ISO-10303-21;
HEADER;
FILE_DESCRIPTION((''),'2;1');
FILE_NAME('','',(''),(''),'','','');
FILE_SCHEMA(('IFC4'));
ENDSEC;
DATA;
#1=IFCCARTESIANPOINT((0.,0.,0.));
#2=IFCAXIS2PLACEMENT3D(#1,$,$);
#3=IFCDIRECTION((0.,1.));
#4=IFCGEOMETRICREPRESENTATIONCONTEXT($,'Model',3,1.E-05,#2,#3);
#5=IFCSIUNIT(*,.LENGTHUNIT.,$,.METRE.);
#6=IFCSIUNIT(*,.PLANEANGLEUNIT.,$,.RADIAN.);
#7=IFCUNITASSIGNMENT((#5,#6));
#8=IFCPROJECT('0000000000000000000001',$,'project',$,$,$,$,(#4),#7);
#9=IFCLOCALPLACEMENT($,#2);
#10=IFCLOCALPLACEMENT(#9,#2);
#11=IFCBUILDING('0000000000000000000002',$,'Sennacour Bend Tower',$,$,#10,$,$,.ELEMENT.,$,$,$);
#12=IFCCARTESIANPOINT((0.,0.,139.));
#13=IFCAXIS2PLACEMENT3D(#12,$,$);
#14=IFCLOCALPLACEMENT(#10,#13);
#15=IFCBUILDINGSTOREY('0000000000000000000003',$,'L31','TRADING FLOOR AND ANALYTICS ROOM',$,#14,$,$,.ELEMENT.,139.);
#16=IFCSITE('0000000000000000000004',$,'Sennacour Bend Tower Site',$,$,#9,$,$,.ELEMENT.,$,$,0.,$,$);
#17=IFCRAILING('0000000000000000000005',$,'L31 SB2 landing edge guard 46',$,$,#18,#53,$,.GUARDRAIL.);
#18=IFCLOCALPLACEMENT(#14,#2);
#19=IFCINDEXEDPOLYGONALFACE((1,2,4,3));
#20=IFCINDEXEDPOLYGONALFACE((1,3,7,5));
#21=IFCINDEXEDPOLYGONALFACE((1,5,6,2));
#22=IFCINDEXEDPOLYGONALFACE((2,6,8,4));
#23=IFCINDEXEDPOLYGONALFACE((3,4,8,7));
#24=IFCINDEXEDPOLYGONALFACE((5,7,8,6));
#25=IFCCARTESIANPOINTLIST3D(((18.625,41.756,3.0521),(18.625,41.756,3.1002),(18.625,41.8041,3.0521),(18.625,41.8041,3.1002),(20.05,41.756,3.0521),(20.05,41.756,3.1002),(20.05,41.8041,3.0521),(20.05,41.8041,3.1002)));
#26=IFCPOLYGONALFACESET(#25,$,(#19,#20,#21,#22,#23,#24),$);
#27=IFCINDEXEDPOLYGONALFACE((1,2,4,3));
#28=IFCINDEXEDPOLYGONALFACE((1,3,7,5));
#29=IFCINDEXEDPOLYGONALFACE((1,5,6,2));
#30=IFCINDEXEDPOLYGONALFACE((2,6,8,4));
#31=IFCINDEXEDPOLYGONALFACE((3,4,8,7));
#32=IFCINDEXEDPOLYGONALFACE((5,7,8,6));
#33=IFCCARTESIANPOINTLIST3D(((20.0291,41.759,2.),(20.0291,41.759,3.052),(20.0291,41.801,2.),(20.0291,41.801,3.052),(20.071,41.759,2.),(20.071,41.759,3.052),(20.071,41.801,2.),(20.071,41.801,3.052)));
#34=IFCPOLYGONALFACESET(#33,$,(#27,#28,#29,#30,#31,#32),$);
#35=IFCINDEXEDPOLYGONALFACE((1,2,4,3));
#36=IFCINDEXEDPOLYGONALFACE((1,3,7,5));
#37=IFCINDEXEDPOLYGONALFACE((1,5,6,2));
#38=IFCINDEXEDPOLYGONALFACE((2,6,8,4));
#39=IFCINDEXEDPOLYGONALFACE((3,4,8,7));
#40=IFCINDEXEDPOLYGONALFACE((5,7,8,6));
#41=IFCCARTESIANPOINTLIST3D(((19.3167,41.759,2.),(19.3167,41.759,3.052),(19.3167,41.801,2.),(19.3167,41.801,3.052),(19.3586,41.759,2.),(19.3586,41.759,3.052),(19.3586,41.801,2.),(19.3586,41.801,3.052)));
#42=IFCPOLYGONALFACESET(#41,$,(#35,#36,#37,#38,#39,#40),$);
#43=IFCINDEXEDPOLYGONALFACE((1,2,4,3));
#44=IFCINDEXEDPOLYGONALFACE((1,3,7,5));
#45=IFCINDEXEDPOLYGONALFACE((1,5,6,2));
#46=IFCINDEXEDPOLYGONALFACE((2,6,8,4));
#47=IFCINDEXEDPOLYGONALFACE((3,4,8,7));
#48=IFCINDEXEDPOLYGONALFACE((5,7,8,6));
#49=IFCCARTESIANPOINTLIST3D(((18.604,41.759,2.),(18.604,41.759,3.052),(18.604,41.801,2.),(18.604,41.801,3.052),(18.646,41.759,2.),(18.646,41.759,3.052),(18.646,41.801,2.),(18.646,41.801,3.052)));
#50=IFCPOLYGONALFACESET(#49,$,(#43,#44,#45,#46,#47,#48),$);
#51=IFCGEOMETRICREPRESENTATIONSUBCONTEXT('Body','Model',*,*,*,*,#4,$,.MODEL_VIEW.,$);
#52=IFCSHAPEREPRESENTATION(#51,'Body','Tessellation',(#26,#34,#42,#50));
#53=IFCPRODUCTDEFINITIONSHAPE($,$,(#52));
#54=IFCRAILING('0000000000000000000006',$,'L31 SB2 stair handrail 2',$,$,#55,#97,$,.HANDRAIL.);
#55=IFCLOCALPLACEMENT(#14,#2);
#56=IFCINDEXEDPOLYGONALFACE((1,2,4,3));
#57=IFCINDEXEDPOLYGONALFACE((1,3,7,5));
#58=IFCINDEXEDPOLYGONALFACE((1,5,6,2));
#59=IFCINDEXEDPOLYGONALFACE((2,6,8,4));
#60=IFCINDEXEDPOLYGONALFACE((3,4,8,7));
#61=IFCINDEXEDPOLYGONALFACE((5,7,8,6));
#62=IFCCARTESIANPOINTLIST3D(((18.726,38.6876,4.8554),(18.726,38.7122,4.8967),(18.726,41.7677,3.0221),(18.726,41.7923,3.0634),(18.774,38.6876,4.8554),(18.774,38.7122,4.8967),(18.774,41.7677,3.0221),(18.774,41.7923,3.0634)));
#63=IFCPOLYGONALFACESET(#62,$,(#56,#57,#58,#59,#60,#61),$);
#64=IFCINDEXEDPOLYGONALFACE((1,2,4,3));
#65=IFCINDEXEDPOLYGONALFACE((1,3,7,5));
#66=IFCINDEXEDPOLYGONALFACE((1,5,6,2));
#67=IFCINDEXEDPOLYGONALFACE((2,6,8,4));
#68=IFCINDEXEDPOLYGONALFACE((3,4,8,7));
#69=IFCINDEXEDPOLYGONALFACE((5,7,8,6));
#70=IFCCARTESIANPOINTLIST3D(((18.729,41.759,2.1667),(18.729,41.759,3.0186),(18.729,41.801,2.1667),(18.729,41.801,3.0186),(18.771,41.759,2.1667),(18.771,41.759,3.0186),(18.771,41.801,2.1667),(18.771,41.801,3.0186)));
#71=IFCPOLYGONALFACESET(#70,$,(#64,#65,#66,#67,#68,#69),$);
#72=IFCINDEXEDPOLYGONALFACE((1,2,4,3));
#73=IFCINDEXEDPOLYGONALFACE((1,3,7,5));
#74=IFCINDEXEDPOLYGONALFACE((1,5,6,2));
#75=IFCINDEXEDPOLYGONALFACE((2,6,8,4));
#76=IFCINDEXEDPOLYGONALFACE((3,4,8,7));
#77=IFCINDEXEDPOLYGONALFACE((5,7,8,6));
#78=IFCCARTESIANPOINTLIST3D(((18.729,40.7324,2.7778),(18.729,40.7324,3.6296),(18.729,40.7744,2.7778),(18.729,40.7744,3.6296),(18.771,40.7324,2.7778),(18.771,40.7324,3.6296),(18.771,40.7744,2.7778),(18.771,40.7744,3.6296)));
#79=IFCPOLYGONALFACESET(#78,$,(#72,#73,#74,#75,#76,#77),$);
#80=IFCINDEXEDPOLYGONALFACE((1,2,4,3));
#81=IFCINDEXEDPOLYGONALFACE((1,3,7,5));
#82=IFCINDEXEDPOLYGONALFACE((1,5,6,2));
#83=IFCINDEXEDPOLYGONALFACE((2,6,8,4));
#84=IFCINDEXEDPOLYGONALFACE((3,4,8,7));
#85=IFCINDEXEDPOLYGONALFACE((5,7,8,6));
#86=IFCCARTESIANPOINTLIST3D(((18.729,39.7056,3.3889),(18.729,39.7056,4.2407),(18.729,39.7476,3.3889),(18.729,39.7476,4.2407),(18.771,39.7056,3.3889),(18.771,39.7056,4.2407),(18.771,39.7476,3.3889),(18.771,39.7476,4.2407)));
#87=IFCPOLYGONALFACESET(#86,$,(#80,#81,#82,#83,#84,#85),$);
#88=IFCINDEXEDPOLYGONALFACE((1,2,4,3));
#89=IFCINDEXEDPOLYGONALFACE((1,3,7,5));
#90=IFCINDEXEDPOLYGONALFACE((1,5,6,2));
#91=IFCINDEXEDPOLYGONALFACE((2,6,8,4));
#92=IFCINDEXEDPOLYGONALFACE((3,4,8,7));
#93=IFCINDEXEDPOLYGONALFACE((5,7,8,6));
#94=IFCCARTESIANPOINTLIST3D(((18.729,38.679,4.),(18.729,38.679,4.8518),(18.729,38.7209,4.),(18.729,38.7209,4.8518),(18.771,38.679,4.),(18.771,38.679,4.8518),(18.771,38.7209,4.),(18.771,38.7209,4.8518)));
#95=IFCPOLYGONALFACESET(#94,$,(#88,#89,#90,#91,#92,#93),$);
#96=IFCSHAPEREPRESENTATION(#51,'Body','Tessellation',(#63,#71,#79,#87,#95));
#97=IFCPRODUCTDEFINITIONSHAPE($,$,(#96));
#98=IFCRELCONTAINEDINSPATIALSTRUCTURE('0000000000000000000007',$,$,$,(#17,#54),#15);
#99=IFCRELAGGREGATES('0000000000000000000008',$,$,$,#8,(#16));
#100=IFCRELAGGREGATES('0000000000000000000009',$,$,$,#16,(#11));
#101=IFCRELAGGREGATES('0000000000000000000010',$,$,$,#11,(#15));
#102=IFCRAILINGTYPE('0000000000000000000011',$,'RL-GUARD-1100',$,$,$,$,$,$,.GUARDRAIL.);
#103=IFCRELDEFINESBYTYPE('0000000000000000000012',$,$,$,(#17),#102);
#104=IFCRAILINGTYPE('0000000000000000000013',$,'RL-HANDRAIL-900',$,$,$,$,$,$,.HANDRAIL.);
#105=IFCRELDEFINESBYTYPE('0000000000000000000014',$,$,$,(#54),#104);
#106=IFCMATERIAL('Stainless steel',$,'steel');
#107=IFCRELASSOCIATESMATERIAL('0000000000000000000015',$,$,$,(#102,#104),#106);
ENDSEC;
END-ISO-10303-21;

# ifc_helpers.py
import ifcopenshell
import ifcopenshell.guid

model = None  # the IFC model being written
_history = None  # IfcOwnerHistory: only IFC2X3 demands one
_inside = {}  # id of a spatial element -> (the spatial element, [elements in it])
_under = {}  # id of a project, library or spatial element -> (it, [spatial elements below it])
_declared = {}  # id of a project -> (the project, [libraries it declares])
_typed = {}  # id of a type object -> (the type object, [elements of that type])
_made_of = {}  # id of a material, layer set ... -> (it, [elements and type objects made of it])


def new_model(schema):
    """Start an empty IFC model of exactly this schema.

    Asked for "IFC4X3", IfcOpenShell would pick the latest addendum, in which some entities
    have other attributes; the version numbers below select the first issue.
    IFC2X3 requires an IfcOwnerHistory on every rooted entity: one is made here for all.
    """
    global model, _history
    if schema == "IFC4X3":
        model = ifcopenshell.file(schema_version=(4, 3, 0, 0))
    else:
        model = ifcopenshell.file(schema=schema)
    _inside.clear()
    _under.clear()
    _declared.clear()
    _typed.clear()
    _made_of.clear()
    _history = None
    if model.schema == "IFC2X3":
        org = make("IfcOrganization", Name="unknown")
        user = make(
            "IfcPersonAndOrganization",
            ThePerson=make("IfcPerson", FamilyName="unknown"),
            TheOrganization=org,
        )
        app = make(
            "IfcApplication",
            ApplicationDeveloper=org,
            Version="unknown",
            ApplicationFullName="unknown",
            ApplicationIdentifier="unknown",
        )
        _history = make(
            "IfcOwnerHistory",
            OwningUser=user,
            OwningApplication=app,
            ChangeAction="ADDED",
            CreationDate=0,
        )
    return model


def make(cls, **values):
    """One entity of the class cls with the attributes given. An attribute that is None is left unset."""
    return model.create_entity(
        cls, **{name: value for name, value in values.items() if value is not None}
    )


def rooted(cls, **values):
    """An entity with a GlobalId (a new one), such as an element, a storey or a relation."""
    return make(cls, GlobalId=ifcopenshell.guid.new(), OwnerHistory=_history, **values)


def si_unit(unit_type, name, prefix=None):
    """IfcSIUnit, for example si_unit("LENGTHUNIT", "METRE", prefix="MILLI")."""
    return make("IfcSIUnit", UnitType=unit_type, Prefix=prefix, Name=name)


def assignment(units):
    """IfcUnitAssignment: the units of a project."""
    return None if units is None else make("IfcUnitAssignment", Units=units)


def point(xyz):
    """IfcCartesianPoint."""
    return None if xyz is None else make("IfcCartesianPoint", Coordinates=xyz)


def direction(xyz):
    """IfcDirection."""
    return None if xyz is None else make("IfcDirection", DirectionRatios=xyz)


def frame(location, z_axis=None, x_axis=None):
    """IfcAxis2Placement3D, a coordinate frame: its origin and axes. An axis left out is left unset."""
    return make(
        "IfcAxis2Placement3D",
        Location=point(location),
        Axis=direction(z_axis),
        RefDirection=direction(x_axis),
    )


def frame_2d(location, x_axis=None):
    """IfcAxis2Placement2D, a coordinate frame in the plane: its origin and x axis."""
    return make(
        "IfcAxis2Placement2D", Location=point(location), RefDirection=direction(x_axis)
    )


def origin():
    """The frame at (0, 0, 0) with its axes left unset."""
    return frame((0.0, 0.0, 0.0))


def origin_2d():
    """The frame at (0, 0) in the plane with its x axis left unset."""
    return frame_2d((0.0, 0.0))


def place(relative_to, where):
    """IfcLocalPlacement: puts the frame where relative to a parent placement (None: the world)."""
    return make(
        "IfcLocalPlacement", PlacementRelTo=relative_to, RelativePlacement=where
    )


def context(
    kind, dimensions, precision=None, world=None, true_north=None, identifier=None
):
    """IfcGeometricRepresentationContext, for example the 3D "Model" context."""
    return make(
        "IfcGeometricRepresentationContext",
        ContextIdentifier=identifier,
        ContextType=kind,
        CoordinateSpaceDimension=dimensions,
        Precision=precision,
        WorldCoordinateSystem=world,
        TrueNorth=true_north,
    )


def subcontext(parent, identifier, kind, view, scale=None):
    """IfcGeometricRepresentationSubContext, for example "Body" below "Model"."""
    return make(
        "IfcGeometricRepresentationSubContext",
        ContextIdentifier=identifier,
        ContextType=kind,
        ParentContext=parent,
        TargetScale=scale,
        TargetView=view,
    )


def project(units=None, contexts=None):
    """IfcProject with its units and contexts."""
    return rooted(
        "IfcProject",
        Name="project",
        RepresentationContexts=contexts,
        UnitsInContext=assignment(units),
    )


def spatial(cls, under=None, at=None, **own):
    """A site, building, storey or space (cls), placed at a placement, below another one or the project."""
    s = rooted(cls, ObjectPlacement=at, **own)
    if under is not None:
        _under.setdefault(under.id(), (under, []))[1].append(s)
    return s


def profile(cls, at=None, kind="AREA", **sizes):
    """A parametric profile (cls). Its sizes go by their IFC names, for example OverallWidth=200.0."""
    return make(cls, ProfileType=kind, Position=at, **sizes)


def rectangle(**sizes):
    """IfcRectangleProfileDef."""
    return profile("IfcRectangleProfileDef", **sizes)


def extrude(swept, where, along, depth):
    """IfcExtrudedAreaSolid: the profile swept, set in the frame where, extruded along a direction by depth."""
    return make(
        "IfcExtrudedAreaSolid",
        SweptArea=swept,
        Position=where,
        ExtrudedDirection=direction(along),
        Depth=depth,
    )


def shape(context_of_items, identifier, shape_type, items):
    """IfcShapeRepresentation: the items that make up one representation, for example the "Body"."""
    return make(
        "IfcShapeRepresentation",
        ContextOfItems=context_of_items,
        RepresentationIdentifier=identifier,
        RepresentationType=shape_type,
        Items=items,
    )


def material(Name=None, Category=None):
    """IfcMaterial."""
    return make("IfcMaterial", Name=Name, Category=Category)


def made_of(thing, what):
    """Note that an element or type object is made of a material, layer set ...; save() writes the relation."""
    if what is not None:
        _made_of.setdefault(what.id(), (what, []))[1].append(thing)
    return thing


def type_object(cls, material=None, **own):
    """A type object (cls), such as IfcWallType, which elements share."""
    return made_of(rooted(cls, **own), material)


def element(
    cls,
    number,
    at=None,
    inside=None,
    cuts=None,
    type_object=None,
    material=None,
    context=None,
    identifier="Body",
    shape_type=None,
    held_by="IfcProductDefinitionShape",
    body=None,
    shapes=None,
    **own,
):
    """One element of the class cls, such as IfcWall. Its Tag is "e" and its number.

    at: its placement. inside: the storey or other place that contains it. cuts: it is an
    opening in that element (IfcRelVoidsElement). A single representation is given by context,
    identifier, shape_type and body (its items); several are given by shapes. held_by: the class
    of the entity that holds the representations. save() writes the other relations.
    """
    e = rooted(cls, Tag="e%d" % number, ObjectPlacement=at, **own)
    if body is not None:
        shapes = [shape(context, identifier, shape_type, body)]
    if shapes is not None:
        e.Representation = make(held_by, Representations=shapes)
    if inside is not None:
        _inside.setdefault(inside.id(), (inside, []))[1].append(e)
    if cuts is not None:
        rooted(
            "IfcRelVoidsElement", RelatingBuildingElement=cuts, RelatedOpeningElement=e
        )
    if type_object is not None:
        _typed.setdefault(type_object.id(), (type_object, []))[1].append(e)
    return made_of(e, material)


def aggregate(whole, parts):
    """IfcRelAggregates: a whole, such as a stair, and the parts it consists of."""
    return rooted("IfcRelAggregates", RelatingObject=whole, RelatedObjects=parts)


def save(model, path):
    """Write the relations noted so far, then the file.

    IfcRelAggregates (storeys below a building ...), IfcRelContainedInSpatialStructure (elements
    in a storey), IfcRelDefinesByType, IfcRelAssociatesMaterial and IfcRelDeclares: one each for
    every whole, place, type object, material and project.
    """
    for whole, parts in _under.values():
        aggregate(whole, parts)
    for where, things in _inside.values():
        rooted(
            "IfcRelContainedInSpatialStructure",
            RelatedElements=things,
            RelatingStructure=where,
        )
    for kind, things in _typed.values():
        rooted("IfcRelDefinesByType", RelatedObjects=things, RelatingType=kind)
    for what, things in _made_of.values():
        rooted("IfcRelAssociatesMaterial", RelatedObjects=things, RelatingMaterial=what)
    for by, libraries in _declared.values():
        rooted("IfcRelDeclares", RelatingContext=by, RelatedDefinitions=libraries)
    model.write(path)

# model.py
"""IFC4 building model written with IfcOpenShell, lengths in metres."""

from ifc_helpers import new_model, si_unit, direction, frame, origin, origin_2d, place, context, subcontext, project, spatial, rectangle, extrude, material, type_object, element, save


model = new_model("IFC4")

# Units and contexts
model_context = context("Model", 3, precision=1e-05, world=origin(), true_north=direction((0.0, 1.0)))
body_context = subcontext(model_context, "Body", "Model", "MODEL_VIEW")
ifc_project = project(units=[si_unit("LENGTHUNIT", "METRE"), si_unit("PLANEANGLEUNIT", "RADIAN")], contexts=[model_context])

# Site, building, storey
site_placement = place(None, origin())
site = spatial("IfcSite", under=ifc_project, at=site_placement, Name="Sennacour Bend Tower Site", CompositionType="ELEMENT", RefElevation=0.0)
building_placement = place(site_placement, origin())
building = spatial("IfcBuilding", under=site, at=building_placement, Name="Sennacour Bend Tower", CompositionType="ELEMENT")
storey_placement = place(building_placement, frame((0.0, 0.0, 139.0)))
storey = spatial("IfcBuildingStorey", under=building, at=storey_placement, Name="L31", Description="TRADING FLOOR AND ANALYTICS ROOM", CompositionType="ELEMENT", Elevation=139.0)

# Railings
ifc_material_1 = material(Name="Stainless steel", Category="steel")
railing_type_1 = type_object("IfcRailingType", Name="RL-GUARD-1100", PredefinedType="GUARDRAIL", material=ifc_material_1)
railing_1_placement = place(storey_placement, frame((20.05, 41.78, 2.0)))
element("IfcRailing", 1, at=railing_1_placement, inside=storey, type_object=railing_type_1, Name="L31 SB2 landing edge guard 46", PredefinedType="GUARDRAIL", context=body_context, shape_type="SweptSolid", body=[
    extrude(rectangle(XDim=0.0481, YDim=0.0481, at=origin_2d()), frame((0.0, 0.0, 1.0762), z_axis=(-1.0, 0.0, 0.0), x_axis=(0.0, -1.0, 0.0)), (0.0, 0.0, 1.0), 1.425),
    extrude(rectangle(XDim=0.042, YDim=0.042, at=origin_2d()), origin(), (0.0, 0.0, 1.0), 1.052),
    extrude(rectangle(XDim=0.042, YDim=0.042, at=origin_2d()), frame((-0.7124, 0.0, 0.0)), (0.0, 0.0, 1.0), 1.052),
    extrude(rectangle(XDim=0.042, YDim=0.042, at=origin_2d()), frame((-1.425, 0.0, 0.0)), (0.0, 0.0, 1.0), 1.052),
])
railing_type_2 = type_object("IfcRailingType", Name="RL-HANDRAIL-900", PredefinedType="HANDRAIL", material=ifc_material_1)
railing_2_placement = place(storey_placement, frame((18.75, 41.78, 2.1667)))
element("IfcRailing", 2, at=railing_2_placement, inside=storey, type_object=railing_type_2, Name="L31 SB2 stair handrail 2", PredefinedType="HANDRAIL", context=body_context, shape_type="SweptSolid", body=[
    extrude(rectangle(XDim=0.0481, YDim=0.0481, at=origin_2d()), frame((0.0, 0.0, 0.876), z_axis=(0.0, -0.859309, 0.511458), x_axis=(1.0, 0.0, 0.0)), (0.0, 0.0, 1.0), 3.5845),
    extrude(rectangle(XDim=0.042, YDim=0.042, at=origin_2d()), origin(), (0.0, 0.0, 1.0), 0.8518),
    extrude(rectangle(XDim=0.042, YDim=0.042, at=origin_2d()), frame((0.0, -1.0266, 0.6111)), (0.0, 0.0, 1.0), 0.8518),
    extrude(rectangle(XDim=0.042, YDim=0.042, at=origin_2d()), frame((0.0, -2.0535, 1.2222)), (0.0, 0.0, 1.0), 0.8518),
    extrude(rectangle(XDim=0.042, YDim=0.042, at=origin_2d()), frame((0.0, -3.0801, 1.8333)), (0.0, 0.0, 1.0), 0.8518),
])

save(model, "model.ifc")
